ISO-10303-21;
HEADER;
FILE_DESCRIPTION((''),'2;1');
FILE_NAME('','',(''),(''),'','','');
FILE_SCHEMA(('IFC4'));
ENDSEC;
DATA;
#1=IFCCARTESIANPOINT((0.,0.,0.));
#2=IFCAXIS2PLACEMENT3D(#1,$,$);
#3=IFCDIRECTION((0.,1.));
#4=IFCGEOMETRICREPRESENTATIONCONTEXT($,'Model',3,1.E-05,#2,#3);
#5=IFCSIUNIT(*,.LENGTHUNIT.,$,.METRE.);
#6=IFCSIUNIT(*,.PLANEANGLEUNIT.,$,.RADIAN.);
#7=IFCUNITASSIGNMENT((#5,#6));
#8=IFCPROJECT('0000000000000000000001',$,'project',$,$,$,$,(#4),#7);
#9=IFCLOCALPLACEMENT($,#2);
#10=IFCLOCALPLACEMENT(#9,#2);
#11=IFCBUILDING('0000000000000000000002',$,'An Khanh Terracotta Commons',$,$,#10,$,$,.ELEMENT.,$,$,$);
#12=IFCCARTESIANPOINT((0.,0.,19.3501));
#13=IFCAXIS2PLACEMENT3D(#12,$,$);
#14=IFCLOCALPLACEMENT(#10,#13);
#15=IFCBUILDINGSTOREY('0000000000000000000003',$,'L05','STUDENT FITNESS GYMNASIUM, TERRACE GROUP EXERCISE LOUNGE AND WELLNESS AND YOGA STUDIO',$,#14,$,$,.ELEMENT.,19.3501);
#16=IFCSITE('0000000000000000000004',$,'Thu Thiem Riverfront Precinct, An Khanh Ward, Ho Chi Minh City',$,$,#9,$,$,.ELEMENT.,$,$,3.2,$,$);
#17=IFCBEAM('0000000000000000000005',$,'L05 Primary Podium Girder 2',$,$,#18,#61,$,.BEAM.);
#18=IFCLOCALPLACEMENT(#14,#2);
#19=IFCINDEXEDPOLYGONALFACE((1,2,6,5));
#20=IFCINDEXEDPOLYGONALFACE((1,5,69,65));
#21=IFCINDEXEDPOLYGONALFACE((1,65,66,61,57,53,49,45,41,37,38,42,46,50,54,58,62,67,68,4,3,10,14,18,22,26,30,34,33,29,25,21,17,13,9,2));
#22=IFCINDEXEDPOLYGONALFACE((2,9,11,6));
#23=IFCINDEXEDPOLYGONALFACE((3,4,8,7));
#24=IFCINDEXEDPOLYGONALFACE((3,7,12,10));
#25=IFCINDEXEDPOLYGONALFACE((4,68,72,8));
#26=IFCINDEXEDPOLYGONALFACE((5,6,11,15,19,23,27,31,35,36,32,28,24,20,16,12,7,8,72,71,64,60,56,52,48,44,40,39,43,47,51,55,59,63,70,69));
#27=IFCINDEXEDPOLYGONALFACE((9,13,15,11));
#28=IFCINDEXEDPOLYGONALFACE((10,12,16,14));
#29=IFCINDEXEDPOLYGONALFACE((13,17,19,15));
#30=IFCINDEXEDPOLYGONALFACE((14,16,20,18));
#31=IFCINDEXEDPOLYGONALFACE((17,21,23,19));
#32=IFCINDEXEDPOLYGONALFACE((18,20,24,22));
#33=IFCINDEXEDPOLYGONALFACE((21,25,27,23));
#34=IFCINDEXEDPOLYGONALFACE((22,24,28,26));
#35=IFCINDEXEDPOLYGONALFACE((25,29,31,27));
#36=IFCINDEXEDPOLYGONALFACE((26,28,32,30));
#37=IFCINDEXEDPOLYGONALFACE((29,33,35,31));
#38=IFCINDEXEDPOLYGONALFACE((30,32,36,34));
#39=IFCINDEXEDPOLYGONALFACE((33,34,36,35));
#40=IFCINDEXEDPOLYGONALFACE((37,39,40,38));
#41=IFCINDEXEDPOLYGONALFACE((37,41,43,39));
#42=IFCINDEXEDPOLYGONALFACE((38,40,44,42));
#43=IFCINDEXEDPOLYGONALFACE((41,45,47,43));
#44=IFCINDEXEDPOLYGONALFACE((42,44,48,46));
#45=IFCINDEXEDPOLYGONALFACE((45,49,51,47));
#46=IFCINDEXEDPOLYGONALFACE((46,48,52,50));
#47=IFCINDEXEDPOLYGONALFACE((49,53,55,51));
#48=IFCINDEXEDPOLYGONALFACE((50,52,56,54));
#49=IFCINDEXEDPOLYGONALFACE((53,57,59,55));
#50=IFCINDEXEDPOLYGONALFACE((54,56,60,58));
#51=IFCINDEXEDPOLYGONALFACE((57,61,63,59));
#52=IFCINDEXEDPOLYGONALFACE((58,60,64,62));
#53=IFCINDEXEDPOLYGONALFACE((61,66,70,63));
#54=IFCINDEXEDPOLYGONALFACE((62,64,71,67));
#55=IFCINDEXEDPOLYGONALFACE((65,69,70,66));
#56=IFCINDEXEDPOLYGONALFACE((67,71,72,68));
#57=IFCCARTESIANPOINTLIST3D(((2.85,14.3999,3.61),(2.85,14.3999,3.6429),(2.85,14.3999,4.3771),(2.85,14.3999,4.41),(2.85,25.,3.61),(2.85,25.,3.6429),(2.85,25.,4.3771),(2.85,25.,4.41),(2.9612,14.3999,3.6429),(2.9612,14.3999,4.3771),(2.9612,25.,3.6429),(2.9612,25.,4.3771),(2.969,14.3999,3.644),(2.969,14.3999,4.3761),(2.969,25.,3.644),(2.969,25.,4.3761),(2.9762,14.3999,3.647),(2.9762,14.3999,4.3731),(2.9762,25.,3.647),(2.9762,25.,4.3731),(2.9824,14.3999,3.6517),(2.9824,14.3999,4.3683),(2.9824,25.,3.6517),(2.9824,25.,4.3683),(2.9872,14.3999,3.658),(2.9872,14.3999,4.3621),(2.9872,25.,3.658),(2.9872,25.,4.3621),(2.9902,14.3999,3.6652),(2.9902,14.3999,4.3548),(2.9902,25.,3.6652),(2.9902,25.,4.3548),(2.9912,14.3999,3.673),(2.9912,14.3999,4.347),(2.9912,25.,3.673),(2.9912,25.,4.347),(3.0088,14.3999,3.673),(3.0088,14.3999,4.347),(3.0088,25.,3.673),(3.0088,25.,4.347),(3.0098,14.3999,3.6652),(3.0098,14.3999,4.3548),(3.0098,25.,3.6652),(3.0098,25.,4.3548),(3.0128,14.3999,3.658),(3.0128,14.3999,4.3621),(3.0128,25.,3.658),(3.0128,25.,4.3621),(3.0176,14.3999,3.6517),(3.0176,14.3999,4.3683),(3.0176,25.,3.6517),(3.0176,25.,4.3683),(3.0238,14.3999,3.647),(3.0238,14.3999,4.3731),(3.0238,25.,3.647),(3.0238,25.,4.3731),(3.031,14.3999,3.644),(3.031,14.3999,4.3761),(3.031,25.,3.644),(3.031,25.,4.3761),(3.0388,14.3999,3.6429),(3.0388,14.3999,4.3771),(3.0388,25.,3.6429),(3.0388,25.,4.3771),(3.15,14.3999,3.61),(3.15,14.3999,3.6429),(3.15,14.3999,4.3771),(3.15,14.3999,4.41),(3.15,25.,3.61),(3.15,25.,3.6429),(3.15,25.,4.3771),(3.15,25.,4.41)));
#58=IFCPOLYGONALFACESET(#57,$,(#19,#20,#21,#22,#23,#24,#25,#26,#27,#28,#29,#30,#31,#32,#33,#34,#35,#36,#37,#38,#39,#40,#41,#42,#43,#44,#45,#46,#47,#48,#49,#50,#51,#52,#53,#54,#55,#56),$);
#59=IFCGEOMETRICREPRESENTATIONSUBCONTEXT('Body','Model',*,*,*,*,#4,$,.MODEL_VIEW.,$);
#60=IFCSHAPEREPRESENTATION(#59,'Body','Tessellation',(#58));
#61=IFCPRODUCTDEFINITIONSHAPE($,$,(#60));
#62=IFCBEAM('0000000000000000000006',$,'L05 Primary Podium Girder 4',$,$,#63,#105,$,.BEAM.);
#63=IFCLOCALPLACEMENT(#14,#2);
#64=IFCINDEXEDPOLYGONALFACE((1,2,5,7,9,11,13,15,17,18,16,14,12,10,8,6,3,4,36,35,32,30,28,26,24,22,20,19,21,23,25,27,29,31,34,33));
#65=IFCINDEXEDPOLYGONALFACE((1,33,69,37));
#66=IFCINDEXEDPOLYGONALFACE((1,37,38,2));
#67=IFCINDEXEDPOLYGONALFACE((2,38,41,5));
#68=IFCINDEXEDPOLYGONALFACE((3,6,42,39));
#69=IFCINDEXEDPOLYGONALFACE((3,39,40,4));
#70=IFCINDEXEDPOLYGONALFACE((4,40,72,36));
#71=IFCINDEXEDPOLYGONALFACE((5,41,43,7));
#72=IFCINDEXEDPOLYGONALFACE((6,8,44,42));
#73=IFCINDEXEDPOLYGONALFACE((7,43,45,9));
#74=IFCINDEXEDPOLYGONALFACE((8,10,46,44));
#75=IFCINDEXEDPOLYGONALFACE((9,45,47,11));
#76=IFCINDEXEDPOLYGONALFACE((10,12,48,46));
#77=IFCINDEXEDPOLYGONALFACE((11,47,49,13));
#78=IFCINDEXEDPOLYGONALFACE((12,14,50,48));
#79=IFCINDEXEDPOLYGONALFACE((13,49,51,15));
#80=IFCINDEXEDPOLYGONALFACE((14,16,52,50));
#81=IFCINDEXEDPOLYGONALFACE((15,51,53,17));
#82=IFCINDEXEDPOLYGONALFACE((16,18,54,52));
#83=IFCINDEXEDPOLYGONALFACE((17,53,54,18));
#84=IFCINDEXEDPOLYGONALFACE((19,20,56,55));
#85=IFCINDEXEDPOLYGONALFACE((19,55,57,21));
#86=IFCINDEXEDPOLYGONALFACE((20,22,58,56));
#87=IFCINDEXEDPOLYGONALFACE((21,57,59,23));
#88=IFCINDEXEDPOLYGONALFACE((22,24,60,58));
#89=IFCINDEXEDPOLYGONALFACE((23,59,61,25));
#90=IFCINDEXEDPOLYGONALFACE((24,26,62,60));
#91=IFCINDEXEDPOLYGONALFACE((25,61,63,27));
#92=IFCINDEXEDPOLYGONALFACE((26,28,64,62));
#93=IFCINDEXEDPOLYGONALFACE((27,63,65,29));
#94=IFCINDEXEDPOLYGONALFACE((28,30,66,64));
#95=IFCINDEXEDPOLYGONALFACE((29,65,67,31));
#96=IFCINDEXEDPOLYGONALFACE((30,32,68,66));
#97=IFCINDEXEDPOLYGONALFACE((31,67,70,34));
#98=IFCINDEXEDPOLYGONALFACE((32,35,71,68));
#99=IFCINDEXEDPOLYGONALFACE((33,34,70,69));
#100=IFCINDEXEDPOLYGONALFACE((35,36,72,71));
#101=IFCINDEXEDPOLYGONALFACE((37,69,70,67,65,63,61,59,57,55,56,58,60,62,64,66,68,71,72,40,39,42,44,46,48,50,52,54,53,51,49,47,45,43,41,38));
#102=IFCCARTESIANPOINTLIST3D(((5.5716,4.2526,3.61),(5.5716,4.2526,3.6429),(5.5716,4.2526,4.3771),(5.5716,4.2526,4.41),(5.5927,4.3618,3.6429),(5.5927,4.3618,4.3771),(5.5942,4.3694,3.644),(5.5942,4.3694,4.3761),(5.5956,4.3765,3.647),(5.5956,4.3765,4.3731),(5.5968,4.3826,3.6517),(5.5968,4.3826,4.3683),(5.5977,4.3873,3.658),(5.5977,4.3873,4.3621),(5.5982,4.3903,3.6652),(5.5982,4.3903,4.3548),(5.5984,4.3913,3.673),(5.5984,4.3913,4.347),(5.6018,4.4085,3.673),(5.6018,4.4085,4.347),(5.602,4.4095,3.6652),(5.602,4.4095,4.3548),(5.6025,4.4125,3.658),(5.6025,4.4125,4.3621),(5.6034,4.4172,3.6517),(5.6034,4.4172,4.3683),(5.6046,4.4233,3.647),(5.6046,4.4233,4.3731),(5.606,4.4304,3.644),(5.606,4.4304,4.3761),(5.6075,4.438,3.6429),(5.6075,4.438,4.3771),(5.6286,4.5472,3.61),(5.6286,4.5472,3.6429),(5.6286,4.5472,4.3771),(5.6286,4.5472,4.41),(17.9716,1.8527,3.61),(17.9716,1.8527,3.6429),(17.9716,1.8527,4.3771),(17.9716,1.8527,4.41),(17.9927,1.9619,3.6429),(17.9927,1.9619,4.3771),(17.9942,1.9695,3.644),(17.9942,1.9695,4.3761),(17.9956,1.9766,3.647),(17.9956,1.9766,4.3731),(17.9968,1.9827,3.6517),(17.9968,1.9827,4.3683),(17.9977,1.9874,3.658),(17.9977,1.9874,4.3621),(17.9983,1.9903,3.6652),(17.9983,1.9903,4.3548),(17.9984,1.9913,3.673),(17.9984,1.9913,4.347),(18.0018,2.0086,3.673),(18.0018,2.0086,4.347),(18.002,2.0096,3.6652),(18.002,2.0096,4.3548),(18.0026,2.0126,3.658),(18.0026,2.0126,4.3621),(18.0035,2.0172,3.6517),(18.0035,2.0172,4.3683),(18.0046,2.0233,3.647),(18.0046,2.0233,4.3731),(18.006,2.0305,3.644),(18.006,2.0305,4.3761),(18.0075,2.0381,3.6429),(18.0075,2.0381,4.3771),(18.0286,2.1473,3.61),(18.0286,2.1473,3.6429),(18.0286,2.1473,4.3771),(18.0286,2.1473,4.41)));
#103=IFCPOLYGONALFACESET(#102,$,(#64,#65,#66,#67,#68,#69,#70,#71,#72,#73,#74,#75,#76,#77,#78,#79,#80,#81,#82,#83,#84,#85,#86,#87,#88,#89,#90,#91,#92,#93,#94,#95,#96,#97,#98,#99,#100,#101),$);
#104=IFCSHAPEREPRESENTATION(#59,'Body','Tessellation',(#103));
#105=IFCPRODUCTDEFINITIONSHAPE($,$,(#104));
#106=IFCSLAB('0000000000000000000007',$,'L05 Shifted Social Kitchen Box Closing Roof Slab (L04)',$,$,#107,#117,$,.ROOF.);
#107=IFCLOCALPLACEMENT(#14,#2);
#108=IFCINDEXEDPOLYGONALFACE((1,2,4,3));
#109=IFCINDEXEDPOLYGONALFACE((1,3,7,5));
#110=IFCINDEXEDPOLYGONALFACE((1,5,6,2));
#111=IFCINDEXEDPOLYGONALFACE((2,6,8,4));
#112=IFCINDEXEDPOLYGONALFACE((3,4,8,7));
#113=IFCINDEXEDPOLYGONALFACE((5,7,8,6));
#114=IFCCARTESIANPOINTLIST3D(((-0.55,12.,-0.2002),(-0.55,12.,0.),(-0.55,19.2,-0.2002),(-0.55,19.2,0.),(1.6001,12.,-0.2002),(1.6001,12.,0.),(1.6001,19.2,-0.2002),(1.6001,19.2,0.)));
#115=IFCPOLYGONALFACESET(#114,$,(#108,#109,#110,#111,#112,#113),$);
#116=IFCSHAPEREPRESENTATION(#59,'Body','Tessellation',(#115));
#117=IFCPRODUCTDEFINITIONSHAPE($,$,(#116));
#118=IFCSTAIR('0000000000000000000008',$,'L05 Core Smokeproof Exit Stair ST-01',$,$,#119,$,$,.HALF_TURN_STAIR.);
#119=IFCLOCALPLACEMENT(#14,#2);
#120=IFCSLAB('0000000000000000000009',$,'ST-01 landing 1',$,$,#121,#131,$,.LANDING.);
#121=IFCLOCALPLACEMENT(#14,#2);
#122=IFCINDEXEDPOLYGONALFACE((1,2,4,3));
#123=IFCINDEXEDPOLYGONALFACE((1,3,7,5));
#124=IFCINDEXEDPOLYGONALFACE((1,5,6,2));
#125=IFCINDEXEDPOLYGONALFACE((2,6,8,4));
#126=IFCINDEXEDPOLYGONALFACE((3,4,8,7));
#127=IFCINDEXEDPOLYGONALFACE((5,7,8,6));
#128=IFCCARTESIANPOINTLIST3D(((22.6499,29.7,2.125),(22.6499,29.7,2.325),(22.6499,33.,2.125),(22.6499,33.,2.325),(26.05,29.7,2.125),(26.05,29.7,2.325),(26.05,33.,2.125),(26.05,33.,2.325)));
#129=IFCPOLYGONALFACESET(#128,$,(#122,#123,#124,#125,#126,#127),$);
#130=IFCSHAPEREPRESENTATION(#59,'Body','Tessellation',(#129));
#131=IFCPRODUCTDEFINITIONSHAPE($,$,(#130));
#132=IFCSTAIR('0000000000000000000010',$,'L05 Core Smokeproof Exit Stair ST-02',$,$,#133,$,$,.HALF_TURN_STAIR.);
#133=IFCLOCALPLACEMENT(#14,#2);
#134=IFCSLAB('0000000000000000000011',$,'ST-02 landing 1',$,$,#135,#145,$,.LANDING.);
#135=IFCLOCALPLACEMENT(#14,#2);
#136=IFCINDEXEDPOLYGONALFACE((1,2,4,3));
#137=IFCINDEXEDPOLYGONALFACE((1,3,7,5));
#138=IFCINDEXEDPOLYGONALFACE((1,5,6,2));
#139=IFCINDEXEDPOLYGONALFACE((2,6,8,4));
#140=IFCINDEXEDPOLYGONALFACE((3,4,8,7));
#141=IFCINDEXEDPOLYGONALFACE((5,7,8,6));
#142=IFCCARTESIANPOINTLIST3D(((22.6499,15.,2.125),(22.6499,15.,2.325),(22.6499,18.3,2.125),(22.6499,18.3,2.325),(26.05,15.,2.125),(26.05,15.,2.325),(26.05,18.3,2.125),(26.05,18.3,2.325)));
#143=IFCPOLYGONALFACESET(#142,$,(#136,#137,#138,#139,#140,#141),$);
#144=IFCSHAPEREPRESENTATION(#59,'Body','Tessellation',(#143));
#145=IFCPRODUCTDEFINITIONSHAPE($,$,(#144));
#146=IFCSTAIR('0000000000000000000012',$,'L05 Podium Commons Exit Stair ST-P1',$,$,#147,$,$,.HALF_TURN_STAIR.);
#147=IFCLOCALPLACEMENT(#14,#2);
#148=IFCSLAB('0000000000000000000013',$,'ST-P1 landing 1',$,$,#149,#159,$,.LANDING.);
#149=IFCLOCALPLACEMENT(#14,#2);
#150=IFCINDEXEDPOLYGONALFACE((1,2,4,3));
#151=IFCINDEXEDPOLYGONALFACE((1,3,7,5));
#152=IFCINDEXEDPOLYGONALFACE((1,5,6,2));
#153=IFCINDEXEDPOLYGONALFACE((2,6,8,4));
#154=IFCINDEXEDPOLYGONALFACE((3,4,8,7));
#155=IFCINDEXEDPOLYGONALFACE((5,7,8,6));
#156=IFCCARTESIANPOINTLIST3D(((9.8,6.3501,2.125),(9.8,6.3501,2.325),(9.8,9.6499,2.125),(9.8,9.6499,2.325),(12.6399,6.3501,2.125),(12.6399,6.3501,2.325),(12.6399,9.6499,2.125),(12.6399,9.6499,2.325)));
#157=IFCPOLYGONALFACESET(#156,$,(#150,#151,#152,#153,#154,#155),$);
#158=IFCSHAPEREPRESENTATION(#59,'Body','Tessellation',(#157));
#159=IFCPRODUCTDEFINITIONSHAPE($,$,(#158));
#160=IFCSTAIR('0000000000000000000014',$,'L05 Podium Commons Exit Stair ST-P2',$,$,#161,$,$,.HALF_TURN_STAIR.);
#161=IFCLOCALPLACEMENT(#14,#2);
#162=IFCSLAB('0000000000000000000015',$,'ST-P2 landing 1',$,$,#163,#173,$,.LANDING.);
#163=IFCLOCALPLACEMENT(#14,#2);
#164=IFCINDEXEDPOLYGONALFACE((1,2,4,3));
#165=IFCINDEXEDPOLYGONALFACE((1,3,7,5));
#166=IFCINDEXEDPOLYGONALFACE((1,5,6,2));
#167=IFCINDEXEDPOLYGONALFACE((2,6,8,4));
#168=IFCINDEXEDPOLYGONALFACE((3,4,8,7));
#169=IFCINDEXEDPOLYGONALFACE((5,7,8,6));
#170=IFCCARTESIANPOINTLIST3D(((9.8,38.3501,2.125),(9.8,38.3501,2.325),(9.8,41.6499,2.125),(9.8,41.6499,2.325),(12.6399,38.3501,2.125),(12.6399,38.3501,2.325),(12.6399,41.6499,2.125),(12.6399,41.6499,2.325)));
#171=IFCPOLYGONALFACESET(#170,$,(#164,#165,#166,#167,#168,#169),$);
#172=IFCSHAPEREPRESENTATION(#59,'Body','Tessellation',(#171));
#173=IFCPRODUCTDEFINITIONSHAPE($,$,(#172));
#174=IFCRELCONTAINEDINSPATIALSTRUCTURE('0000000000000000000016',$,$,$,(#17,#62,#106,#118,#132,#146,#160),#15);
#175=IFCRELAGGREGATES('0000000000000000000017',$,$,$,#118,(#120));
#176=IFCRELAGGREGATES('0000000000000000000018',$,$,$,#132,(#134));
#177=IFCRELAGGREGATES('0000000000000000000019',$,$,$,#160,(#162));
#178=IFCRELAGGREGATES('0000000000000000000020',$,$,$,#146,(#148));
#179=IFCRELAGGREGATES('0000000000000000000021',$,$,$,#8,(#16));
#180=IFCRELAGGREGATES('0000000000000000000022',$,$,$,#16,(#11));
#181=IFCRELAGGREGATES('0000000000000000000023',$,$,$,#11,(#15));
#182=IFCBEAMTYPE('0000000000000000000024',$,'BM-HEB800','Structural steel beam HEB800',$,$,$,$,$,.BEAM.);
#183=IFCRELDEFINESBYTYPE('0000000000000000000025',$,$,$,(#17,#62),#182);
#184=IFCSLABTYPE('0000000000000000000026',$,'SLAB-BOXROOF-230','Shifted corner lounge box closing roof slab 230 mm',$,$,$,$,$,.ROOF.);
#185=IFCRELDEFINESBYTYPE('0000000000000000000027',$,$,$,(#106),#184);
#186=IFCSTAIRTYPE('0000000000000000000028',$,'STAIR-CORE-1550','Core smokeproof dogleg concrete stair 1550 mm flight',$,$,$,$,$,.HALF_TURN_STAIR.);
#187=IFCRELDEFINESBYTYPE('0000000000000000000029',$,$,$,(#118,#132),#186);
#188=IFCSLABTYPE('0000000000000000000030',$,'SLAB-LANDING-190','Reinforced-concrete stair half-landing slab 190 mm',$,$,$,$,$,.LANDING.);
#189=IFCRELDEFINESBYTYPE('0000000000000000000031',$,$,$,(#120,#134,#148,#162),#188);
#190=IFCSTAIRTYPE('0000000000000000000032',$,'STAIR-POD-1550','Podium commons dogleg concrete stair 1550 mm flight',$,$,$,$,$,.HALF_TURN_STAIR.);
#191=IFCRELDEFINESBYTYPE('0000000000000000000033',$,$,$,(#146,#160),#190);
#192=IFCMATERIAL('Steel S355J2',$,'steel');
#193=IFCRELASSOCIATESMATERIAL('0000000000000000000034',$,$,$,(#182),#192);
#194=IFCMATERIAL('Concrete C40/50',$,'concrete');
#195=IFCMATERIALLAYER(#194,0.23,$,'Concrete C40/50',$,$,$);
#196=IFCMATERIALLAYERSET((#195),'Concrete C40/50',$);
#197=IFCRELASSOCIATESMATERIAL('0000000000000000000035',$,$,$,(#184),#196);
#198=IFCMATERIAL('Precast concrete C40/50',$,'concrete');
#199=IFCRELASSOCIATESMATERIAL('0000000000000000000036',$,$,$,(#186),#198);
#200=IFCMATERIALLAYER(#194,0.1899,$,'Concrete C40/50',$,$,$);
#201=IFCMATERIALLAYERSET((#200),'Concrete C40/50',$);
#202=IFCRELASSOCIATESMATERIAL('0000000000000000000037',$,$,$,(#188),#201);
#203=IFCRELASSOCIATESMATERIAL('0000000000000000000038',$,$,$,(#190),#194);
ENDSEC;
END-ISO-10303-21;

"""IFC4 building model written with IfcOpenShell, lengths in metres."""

from ifc_helpers import new_model, si_unit, direction, frame, origin, origin_2d, place, context, subcontext, project, spatial, polyline, i_section, outline, extrude, material, layer, layer_set, material_profile, profile_set, type_object, element, aggregate, save


model = new_model("IFC4")

# Units and contexts
model_context = context("Model", 3, precision=1e-05, world=origin(), true_north=direction((0.0, 1.0)))
body_context = subcontext(model_context, "Body", "Model", "MODEL_VIEW")
ifc_project = project(units=[si_unit("LENGTHUNIT", "METRE"), si_unit("PLANEANGLEUNIT", "RADIAN")], contexts=[model_context])

# Site, building, storey
site_placement = place(None, origin())
site = spatial("IfcSite", under=ifc_project, at=site_placement, Name="Thu Thiem Riverfront Precinct, An Khanh Ward, Ho Chi Minh City", CompositionType="ELEMENT", RefElevation=3.2)
building_placement = place(site_placement, origin())
building = spatial("IfcBuilding", under=site, at=building_placement, Name="An Khanh Terracotta Commons", CompositionType="ELEMENT")
storey_placement = place(building_placement, frame((0.0, 0.0, 19.3501)))
storey = spatial("IfcBuildingStorey", under=building, at=storey_placement, Name="L05", Description="STUDENT FITNESS GYMNASIUM, TERRACE GROUP EXERCISE LOUNGE AND WELLNESS AND YOGA STUDIO", CompositionType="ELEMENT", Elevation=19.3501)

# Beams
ifc_material_1 = material(Name="Steel S355J2", Category="steel")
ifc_material_profile_1 = material_profile(ifc_material_1, i_section(OverallWidth=0.3, OverallDepth=0.8, WebThickness=0.0176, FlangeThickness=0.033, FilletRadius=0.03, at=origin_2d()), Name="HEB800")
ifc_profile_set_1 = profile_set([ifc_material_profile_1], Name="Steel S355J2")
beam_type_1 = type_object("IfcBeamType", Name="BM-HEB800", Description="Structural steel beam HEB800", PredefinedType="BEAM", material=ifc_profile_set_1)
beam_1_placement = place(storey_placement, frame((3.0, 14.3999, 4.01), z_axis=(0.0, 1.0, 0.0), x_axis=(-1.0, 0.0, 0.0)))
element("IfcBeam", 1, at=beam_1_placement, inside=storey, type_object=beam_type_1, Name="L05 Primary Podium Girder 2", PredefinedType="BEAM", context=body_context, shape_type="SweptSolid", body=[
    extrude(i_section(OverallWidth=0.3, OverallDepth=0.8, WebThickness=0.0176, FlangeThickness=0.033, FilletRadius=0.03, at=origin_2d()), origin(), (0.0, 0.0, 1.0), 10.6001),
])
beam_2_placement = place(storey_placement, frame((5.6001, 4.3999, 4.01), z_axis=(0.981781, -0.190016, 0.0), x_axis=(0.190016, 0.981781, 0.0)))
element("IfcBeam", 2, at=beam_2_placement, inside=storey, type_object=beam_type_1, Name="L05 Primary Podium Girder 4", PredefinedType="BEAM", context=body_context, shape_type="SweptSolid", body=[
    extrude(i_section(OverallWidth=0.3, OverallDepth=0.8, WebThickness=0.0176, FlangeThickness=0.033, FilletRadius=0.03, at=origin_2d()), origin(), (0.0, 0.0, 1.0), 12.6301),
])

# Slab
ifc_material_2 = material(Name="Concrete C40/50", Category="concrete")
ifc_layer_1 = layer(ifc_material_2, 0.23, Name="Concrete C40/50")
ifc_layer_set_1 = layer_set([ifc_layer_1], Name="Concrete C40/50")
slab_type_1 = type_object("IfcSlabType", Name="SLAB-BOXROOF-230", Description="Shifted corner lounge box closing roof slab 230 mm", PredefinedType="ROOF", material=ifc_layer_set_1)
slab_1_placement = place(storey_placement, frame((0.0, 0.0, -0.2002)))
element("IfcSlab", 3, at=slab_1_placement, inside=storey, type_object=slab_type_1, Name="L05 Shifted Social Kitchen Box Closing Roof Slab (L04)", PredefinedType="ROOF", context=body_context, shape_type="SweptSolid", body=[
    extrude(outline(polyline([(-0.55, 12.0), (1.6001, 12.0), (1.6001, 19.2), (-0.55, 19.2), (-0.55, 12.0)])), origin(), (0.0, 0.0, 1.0), 0.2002),
])

# Stairs, slabs
ifc_material_3 = material(Name="Precast concrete C40/50", Category="concrete")
stair_type_1 = type_object("IfcStairType", Name="STAIR-CORE-1550", Description="Core smokeproof dogleg concrete stair 1550 mm flight", PredefinedType="HALF_TURN_STAIR", material=ifc_material_3)
stair_1_placement = place(storey_placement, origin())
stair_1 = element("IfcStair", 4, at=stair_1_placement, inside=storey, type_object=stair_type_1, Name="L05 Core Smokeproof Exit Stair ST-01", PredefinedType="HALF_TURN_STAIR")
ifc_layer_2 = layer(ifc_material_2, 0.1899, Name="Concrete C40/50")
ifc_layer_set_2 = layer_set([ifc_layer_2], Name="Concrete C40/50")
slab_type_2 = type_object("IfcSlabType", Name="SLAB-LANDING-190", Description="Reinforced-concrete stair half-landing slab 190 mm", PredefinedType="LANDING", material=ifc_layer_set_2)
slab_2_placement = place(storey_placement, frame((0.0, 0.0, 2.125)))
slab_2 = element("IfcSlab", 5, at=slab_2_placement, type_object=slab_type_2, Name="ST-01 landing 1", PredefinedType="LANDING", context=body_context, shape_type="SweptSolid", body=[
    extrude(outline(polyline([(26.05, 33.0), (22.6499, 33.0), (22.6499, 29.7), (26.05, 29.7), (26.05, 33.0)])), origin(), (0.0, 0.0, 1.0), 0.2),
])
aggregate(stair_1, [slab_2])
stair_2_placement = place(storey_placement, origin())
stair_2 = element("IfcStair", 6, at=stair_2_placement, inside=storey, type_object=stair_type_1, Name="L05 Core Smokeproof Exit Stair ST-02", PredefinedType="HALF_TURN_STAIR")
slab_3_placement = place(storey_placement, frame((0.0, 0.0, 2.125)))
slab_3 = element("IfcSlab", 7, at=slab_3_placement, type_object=slab_type_2, Name="ST-02 landing 1", PredefinedType="LANDING", context=body_context, shape_type="SweptSolid", body=[
    extrude(outline(polyline([(26.05, 18.3), (22.6499, 18.3), (22.6499, 15.0), (26.05, 15.0), (26.05, 18.3)])), origin(), (0.0, 0.0, 1.0), 0.2),
])
aggregate(stair_2, [slab_3])
stair_type_2 = type_object("IfcStairType", Name="STAIR-POD-1550", Description="Podium commons dogleg concrete stair 1550 mm flight", PredefinedType="HALF_TURN_STAIR", material=ifc_material_2)
stair_3_placement = place(storey_placement, origin())
stair_3 = element("IfcStair", 8, at=stair_3_placement, inside=storey, type_object=stair_type_2, Name="L05 Podium Commons Exit Stair ST-P1", PredefinedType="HALF_TURN_STAIR")
slab_4_placement = place(storey_placement, frame((0.0, 0.0, 2.125)))
slab_4 = element("IfcSlab", 9, at=slab_4_placement, type_object=slab_type_2, Name="ST-P1 landing 1", PredefinedType="LANDING", context=body_context, shape_type="SweptSolid", body=[
    extrude(outline(polyline([(12.6399, 9.6499), (9.8, 9.6499), (9.8, 6.3501), (12.6399, 6.3501), (12.6399, 9.6499)])), origin(), (0.0, 0.0, 1.0), 0.2),
])
stair_4_placement = place(storey_placement, origin())
stair_4 = element("IfcStair", 10, at=stair_4_placement, inside=storey, type_object=stair_type_2, Name="L05 Podium Commons Exit Stair ST-P2", PredefinedType="HALF_TURN_STAIR")
slab_5_placement = place(storey_placement, frame((0.0, 0.0, 2.125)))
slab_5 = element("IfcSlab", 11, at=slab_5_placement, type_object=slab_type_2, Name="ST-P2 landing 1", PredefinedType="LANDING", context=body_context, shape_type="SweptSolid", body=[
    extrude(outline(polyline([(12.6399, 41.6499), (9.8, 41.6499), (9.8, 38.3501), (12.6399, 38.3501), (12.6399, 41.6499)])), origin(), (0.0, 0.0, 1.0), 0.2),
])
aggregate(stair_4, [slab_5])

aggregate(stair_3, [slab_4])

save(model, "model.ifc")
